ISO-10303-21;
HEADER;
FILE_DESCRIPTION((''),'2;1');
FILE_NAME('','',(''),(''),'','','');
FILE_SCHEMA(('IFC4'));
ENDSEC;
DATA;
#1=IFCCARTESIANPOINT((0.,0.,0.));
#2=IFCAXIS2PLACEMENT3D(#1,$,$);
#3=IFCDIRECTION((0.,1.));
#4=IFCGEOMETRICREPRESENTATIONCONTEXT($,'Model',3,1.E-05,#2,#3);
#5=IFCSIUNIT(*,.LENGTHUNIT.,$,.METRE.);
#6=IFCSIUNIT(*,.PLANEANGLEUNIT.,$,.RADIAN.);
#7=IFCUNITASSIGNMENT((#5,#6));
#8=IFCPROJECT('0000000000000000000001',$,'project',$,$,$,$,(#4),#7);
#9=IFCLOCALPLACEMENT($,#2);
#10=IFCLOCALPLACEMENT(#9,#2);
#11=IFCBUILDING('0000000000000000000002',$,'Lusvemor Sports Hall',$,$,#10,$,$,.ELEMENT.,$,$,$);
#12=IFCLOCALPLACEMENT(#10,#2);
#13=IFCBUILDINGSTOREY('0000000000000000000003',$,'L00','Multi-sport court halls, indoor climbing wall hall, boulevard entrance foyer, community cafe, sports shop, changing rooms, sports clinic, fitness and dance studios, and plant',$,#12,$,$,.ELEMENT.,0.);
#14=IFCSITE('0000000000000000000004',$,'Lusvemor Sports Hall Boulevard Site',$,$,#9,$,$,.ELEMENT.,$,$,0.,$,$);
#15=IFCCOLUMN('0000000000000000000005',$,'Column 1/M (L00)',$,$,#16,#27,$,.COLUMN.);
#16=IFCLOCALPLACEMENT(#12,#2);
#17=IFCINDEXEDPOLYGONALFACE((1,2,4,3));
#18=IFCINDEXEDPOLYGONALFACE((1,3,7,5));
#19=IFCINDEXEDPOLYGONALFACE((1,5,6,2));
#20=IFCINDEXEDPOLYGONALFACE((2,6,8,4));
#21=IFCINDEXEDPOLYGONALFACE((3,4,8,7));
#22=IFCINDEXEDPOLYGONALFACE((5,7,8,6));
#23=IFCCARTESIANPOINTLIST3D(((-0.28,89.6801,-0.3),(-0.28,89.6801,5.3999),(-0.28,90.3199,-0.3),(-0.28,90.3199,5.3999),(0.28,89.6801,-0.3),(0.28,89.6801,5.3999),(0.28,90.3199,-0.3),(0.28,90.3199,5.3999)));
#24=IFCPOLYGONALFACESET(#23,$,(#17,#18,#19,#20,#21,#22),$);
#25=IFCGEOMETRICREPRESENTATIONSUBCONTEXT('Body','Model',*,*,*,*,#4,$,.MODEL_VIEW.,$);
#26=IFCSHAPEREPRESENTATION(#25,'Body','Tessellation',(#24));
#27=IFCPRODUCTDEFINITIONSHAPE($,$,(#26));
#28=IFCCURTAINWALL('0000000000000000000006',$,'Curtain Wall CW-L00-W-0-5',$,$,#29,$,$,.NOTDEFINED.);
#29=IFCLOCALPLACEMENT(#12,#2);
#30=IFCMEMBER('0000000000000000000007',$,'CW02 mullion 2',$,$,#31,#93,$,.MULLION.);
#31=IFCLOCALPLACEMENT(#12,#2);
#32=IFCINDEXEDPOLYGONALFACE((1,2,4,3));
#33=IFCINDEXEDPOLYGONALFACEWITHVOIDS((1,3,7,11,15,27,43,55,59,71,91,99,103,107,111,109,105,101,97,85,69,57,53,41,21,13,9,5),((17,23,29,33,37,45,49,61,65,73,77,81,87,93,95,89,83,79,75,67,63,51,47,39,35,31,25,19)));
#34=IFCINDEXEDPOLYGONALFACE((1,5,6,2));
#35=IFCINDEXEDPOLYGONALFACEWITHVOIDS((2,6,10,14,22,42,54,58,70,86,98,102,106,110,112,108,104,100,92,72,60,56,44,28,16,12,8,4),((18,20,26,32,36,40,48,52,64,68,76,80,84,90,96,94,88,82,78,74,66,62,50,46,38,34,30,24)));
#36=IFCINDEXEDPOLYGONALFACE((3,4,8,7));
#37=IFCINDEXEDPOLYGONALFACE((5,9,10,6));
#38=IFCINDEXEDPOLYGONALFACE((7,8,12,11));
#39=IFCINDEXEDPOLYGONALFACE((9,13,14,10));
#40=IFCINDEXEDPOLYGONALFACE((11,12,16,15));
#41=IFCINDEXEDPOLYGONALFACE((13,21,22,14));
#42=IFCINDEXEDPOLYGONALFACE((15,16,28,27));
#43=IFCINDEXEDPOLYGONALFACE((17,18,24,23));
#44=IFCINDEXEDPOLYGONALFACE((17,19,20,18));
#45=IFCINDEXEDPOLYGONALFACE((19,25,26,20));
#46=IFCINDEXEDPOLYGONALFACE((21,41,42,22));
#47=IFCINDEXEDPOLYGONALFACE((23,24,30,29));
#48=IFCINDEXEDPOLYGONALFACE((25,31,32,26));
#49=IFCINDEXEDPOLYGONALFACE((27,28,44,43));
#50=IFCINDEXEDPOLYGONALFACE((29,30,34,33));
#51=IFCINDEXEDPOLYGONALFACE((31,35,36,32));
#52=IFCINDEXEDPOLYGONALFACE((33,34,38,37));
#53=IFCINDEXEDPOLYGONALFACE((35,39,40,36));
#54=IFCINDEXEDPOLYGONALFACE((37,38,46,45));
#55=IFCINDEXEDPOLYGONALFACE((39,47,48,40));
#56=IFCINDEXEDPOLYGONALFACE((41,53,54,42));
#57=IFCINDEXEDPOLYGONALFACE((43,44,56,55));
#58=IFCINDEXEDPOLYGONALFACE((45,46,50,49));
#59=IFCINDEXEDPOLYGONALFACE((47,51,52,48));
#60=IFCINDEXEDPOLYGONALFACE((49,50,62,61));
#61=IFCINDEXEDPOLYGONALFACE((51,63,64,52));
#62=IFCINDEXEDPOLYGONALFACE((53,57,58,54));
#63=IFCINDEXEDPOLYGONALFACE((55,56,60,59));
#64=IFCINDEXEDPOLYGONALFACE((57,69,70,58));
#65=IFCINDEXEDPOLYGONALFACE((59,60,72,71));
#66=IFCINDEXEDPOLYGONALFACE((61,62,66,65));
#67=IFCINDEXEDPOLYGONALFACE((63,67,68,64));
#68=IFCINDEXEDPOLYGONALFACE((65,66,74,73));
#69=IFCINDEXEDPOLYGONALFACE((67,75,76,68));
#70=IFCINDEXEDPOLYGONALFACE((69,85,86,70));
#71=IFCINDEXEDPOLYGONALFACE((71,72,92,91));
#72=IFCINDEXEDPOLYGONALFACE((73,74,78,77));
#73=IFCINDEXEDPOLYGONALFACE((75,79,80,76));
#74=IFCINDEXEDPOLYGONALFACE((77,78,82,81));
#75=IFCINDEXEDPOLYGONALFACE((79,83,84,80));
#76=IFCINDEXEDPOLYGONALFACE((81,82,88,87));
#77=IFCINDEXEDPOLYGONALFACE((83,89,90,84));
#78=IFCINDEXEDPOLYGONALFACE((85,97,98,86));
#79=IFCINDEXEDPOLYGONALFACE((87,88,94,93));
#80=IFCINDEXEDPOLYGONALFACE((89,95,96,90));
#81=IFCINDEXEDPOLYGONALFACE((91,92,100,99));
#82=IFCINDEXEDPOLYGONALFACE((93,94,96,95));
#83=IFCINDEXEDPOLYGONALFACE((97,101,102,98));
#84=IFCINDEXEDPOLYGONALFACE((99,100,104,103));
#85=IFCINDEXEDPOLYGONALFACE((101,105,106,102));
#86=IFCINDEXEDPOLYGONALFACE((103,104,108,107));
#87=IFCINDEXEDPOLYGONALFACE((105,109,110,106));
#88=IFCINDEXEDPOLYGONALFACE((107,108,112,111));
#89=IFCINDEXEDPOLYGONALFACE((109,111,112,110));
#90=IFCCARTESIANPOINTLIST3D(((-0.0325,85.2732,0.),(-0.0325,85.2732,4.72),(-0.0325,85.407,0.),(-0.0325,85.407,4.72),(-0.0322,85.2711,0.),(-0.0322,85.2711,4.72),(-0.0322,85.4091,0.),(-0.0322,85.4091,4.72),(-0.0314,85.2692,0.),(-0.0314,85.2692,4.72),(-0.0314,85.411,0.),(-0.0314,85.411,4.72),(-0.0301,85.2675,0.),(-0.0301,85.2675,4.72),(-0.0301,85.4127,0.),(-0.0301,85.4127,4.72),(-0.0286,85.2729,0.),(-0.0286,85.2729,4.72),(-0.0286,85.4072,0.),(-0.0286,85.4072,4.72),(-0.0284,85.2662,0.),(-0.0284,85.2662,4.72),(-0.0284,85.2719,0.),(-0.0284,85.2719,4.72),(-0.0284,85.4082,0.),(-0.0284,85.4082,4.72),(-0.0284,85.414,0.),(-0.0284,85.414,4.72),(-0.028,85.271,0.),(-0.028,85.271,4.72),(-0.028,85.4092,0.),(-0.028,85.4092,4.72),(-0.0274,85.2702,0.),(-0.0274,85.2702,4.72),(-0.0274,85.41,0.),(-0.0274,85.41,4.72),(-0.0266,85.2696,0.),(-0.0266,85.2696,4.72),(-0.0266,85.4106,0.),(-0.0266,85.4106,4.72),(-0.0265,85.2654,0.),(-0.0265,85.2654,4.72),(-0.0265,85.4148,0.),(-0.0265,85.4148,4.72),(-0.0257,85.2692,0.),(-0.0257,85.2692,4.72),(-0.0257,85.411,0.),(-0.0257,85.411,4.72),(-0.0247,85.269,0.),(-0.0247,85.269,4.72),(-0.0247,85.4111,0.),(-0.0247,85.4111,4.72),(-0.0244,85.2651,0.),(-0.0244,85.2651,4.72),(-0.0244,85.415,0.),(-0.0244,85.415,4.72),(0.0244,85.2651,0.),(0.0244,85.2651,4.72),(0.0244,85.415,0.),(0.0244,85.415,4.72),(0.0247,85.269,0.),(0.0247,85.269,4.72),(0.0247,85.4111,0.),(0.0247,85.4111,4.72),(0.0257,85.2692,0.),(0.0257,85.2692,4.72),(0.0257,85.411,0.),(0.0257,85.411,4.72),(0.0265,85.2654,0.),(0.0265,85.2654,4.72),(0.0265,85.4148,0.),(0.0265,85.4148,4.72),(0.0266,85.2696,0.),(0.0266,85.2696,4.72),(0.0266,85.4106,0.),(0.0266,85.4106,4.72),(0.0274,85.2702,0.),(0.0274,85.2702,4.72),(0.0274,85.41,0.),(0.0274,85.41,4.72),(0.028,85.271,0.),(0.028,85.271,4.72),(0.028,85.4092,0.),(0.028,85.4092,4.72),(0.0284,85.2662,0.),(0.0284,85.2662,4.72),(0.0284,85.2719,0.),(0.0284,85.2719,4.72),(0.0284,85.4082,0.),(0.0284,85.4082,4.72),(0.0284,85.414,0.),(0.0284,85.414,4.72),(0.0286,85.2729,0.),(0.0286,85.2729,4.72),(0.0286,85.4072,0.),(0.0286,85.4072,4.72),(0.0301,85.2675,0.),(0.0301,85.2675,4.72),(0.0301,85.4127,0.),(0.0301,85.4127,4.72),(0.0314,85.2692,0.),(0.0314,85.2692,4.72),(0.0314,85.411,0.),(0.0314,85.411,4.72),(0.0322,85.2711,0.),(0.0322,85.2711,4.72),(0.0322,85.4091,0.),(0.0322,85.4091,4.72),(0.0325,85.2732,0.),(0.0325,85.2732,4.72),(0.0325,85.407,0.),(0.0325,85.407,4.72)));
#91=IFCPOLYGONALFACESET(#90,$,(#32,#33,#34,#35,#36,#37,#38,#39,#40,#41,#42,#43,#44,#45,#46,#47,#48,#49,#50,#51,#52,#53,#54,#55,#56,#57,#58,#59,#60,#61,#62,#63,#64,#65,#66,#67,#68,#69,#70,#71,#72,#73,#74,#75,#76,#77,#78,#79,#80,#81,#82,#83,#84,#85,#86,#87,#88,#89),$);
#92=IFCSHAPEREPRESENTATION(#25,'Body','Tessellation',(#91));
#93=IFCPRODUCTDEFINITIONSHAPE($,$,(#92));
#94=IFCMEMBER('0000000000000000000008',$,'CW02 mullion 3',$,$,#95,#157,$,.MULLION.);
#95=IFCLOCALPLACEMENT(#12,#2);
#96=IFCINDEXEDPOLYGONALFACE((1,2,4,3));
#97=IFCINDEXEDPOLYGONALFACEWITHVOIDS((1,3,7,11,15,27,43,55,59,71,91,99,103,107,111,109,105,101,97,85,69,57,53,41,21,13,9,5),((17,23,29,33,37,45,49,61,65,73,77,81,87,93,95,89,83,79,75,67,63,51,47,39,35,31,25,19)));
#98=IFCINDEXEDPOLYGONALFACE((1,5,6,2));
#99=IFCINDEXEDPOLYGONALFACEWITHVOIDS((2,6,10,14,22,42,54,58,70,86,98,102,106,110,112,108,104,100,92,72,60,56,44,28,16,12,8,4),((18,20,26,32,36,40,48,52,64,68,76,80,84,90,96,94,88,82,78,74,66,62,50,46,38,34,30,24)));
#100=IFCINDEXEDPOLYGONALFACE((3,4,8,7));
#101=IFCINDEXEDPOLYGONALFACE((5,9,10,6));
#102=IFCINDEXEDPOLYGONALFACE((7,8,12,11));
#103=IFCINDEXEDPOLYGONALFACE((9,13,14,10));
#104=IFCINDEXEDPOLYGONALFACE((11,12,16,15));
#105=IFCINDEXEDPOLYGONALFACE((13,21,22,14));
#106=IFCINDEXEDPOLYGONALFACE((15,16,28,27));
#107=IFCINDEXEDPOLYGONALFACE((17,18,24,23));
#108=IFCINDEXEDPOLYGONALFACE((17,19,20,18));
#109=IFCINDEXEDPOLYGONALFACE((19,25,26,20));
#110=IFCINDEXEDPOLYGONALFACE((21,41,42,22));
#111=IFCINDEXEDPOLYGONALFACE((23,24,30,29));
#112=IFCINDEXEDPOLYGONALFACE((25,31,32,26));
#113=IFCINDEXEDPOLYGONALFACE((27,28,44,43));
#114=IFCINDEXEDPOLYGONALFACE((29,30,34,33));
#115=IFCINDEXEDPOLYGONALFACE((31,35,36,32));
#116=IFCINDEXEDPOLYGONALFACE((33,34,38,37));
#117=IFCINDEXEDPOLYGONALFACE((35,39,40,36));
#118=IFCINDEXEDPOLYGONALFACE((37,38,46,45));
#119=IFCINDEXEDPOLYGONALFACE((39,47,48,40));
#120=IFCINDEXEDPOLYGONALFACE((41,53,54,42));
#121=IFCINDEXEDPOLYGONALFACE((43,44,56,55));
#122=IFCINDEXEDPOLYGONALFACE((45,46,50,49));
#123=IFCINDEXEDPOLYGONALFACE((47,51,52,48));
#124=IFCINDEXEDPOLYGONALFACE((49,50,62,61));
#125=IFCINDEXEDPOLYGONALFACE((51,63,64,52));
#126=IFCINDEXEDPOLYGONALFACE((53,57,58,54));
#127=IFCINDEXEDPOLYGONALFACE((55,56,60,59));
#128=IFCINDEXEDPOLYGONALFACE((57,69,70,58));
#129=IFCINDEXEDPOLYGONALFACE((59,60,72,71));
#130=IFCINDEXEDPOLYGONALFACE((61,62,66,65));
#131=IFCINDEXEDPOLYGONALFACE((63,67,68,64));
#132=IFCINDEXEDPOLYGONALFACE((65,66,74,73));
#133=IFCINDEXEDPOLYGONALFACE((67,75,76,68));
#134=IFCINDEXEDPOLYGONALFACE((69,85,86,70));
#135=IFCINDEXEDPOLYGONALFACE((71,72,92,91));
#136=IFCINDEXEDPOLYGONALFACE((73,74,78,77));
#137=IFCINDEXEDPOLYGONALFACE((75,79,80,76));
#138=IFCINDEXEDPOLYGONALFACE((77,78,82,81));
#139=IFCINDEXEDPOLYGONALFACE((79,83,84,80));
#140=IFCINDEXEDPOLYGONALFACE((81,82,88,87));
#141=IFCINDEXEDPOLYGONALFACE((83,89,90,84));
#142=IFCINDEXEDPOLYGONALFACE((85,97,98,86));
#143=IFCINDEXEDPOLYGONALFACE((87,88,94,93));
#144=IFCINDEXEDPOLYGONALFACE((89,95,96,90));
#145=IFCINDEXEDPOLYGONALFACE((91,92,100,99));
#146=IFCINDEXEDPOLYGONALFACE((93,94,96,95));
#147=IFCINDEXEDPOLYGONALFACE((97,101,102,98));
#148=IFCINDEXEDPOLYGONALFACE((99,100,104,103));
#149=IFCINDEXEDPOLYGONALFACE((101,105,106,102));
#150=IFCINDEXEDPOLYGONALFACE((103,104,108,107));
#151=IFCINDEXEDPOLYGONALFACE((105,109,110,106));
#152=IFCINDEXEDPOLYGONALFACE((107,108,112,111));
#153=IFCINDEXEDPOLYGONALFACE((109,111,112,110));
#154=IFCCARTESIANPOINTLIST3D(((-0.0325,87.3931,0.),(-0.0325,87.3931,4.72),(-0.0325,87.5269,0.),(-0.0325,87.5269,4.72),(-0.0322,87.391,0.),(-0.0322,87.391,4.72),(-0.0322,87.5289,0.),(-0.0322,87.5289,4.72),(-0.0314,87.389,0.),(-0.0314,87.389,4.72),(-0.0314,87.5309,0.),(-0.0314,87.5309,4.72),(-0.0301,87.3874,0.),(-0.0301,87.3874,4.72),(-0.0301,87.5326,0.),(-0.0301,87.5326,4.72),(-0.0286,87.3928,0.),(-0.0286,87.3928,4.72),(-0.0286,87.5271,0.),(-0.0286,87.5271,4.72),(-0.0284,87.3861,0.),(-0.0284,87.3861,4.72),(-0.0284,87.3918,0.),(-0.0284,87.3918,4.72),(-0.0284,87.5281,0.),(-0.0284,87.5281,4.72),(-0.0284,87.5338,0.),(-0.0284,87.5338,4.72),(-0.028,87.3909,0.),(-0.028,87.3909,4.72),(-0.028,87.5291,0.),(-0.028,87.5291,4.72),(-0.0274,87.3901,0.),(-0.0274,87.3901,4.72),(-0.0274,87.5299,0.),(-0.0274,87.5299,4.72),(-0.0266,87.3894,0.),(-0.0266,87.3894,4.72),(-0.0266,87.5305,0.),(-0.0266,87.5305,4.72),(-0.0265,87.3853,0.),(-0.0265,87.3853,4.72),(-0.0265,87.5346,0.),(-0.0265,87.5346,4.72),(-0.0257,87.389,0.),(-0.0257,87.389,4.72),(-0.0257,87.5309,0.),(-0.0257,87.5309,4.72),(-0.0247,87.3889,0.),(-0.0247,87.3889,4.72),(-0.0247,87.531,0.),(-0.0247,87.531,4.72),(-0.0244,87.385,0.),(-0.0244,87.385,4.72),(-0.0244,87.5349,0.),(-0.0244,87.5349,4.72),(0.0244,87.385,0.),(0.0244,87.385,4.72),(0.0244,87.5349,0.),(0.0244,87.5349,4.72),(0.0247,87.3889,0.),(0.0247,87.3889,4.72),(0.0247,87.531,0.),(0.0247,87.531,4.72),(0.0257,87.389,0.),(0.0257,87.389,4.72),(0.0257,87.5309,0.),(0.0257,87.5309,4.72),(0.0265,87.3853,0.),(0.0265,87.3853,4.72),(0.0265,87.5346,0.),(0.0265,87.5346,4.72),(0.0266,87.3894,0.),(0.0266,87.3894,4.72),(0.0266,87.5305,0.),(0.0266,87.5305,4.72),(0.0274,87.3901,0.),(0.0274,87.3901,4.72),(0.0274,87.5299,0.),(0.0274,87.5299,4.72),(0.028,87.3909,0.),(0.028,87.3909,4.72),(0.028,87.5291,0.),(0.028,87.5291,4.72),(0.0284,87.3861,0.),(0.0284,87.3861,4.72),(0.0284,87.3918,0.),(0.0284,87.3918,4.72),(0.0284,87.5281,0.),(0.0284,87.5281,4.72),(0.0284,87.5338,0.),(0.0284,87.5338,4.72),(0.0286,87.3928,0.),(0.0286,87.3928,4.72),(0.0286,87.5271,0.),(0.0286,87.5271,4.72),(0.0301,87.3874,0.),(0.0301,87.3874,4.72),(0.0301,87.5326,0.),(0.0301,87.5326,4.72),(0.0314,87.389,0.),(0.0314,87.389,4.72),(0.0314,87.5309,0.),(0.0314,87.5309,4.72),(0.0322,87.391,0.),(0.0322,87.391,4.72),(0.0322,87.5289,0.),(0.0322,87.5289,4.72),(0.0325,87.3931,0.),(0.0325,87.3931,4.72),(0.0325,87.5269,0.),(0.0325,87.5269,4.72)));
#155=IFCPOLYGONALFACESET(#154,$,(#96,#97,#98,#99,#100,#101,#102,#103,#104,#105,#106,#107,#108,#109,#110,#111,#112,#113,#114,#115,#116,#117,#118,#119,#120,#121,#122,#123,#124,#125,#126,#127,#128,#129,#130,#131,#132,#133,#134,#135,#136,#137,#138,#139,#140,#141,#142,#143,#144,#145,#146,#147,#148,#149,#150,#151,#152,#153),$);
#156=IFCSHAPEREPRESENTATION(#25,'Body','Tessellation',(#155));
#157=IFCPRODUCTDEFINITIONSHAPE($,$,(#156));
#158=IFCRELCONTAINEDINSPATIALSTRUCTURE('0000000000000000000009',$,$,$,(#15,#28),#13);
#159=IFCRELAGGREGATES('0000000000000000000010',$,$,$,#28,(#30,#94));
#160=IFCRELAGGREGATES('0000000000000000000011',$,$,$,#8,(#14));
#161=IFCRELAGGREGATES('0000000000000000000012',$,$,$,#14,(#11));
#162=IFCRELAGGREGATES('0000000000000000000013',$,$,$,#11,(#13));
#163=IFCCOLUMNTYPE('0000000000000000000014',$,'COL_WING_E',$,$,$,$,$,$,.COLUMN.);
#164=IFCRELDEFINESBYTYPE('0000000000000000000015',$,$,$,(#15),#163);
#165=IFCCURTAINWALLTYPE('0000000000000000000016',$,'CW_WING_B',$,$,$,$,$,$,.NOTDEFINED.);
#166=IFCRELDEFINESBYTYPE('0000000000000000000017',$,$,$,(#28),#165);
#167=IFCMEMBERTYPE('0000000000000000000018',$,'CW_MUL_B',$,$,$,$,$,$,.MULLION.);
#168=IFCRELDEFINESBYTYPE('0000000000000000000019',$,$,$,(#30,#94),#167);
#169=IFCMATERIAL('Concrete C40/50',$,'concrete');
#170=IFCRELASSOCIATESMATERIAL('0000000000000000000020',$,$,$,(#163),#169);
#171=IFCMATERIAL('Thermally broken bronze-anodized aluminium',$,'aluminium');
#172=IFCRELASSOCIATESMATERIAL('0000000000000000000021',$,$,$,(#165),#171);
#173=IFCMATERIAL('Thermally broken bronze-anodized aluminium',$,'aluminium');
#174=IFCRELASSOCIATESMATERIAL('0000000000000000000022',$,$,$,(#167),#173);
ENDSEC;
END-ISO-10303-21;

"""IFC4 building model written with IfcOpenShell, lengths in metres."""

from ifc_helpers import new_model, si_unit, direction, frame, origin, origin_2d, place, context, subcontext, project, spatial, rectangle, hollow_rectangle, extrude, material, material_profile, profile_set, type_object, element, aggregate, save


model = new_model("IFC4")

# Units and contexts
model_context = context("Model", 3, precision=1e-05, world=origin(), true_north=direction((0.0, 1.0)))
body_context = subcontext(model_context, "Body", "Model", "MODEL_VIEW")
ifc_project = project(units=[si_unit("LENGTHUNIT", "METRE"), si_unit("PLANEANGLEUNIT", "RADIAN")], contexts=[model_context])

# Site, building, storey
site_placement = place(None, origin())
site = spatial("IfcSite", under=ifc_project, at=site_placement, Name="Lusvemor Sports Hall Boulevard Site", CompositionType="ELEMENT", RefElevation=0.0)
building_placement = place(site_placement, origin())
building = spatial("IfcBuilding", under=site, at=building_placement, Name="Lusvemor Sports Hall", CompositionType="ELEMENT")
storey_placement = place(building_placement, origin())
storey = spatial("IfcBuildingStorey", under=building, at=storey_placement, Name="L00", Description="Multi-sport court halls, indoor climbing wall hall, boulevard entrance foyer, community cafe, sports shop, changing rooms, sports clinic, fitness and dance studios, and plant", CompositionType="ELEMENT", Elevation=0.0)

# Column
ifc_material_1 = material(Name="Concrete C40/50", Category="concrete")
ifc_material_profile_1 = material_profile(ifc_material_1, rectangle(XDim=0.5601, YDim=0.6399, at=origin_2d()), Name="RC560x640")
ifc_profile_set_1 = profile_set([ifc_material_profile_1], Name="Concrete C40/50")
column_type_1 = type_object("IfcColumnType", Name="COL_WING_E", PredefinedType="COLUMN", material=ifc_profile_set_1)
column_1_placement = place(storey_placement, frame((0.0, 90.0, -0.3), z_axis=(0.0, 0.0, 1.0), x_axis=(1.0, 0.0, 0.0)))
element("IfcColumn", 1, at=column_1_placement, inside=storey, type_object=column_type_1, Name="Column 1/M (L00)", PredefinedType="COLUMN", context=body_context, shape_type="SweptSolid", body=[
    extrude(rectangle(XDim=0.5601, YDim=0.6399, at=origin_2d()), origin(), (0.0, 0.0, 1.0), 5.7),
])

# Curtain wall, members
ifc_material_2 = material(Name="Thermally broken bronze-anodized aluminium", Category="aluminium")
curtain_wall_type = type_object("IfcCurtainWallType", Name="CW_WING_B", PredefinedType="NOTDEFINED", material=ifc_material_2)
curtain_wall_placement = place(storey_placement, origin())
curtain_wall = element("IfcCurtainWall", 2, at=curtain_wall_placement, inside=storey, type_object=curtain_wall_type, Name="Curtain Wall CW-L00-W-0-5", PredefinedType="NOTDEFINED")
ifc_material_3 = material(Name="Thermally broken bronze-anodized aluminium", Category="aluminium")
ifc_material_profile_2 = material_profile(ifc_material_3, hollow_rectangle(XDim=0.0649, YDim=0.1499, WallThickness=0.0039, InnerFilletRadius=0.0039, OuterFilletRadius=0.0081, at=origin_2d()), Name="CWMUL150x65x4")
ifc_profile_set_2 = profile_set([ifc_material_profile_2], Name="Thermally broken bronze-anodized aluminium")
member_type_1 = type_object("IfcMemberType", Name="CW_MUL_B", PredefinedType="MULLION", material=ifc_profile_set_2)
member_1_placement = place(storey_placement, frame((0.0, 85.3401, 0.0), z_axis=(0.0, 0.0, 1.0), x_axis=(-1.0, 0.0, 0.0)))
member_1 = element("IfcMember", 3, at=member_1_placement, type_object=member_type_1, Name="CW02 mullion 2", PredefinedType="MULLION", context=body_context, shape_type="SweptSolid", body=[
    extrude(hollow_rectangle(XDim=0.0649, YDim=0.1499, WallThickness=0.0039, InnerFilletRadius=0.0039, OuterFilletRadius=0.0081, at=origin_2d()), origin(), (0.0, 0.0, 1.0), 4.72),
])
member_2_placement = place(storey_placement, frame((0.0, 87.46, 0.0), z_axis=(0.0, 0.0, 1.0), x_axis=(-1.0, 0.0, 0.0)))
member_2 = element("IfcMember", 4, at=member_2_placement, type_object=member_type_1, Name="CW02 mullion 3", PredefinedType="MULLION", context=body_context, shape_type="SweptSolid", body=[
    extrude(hollow_rectangle(XDim=0.0649, YDim=0.1499, WallThickness=0.0039, InnerFilletRadius=0.0039, OuterFilletRadius=0.0081, at=origin_2d()), origin(), (0.0, 0.0, 1.0), 4.72),
])
aggregate(curtain_wall, [member_1, member_2])

save(model, "model.ifc")
